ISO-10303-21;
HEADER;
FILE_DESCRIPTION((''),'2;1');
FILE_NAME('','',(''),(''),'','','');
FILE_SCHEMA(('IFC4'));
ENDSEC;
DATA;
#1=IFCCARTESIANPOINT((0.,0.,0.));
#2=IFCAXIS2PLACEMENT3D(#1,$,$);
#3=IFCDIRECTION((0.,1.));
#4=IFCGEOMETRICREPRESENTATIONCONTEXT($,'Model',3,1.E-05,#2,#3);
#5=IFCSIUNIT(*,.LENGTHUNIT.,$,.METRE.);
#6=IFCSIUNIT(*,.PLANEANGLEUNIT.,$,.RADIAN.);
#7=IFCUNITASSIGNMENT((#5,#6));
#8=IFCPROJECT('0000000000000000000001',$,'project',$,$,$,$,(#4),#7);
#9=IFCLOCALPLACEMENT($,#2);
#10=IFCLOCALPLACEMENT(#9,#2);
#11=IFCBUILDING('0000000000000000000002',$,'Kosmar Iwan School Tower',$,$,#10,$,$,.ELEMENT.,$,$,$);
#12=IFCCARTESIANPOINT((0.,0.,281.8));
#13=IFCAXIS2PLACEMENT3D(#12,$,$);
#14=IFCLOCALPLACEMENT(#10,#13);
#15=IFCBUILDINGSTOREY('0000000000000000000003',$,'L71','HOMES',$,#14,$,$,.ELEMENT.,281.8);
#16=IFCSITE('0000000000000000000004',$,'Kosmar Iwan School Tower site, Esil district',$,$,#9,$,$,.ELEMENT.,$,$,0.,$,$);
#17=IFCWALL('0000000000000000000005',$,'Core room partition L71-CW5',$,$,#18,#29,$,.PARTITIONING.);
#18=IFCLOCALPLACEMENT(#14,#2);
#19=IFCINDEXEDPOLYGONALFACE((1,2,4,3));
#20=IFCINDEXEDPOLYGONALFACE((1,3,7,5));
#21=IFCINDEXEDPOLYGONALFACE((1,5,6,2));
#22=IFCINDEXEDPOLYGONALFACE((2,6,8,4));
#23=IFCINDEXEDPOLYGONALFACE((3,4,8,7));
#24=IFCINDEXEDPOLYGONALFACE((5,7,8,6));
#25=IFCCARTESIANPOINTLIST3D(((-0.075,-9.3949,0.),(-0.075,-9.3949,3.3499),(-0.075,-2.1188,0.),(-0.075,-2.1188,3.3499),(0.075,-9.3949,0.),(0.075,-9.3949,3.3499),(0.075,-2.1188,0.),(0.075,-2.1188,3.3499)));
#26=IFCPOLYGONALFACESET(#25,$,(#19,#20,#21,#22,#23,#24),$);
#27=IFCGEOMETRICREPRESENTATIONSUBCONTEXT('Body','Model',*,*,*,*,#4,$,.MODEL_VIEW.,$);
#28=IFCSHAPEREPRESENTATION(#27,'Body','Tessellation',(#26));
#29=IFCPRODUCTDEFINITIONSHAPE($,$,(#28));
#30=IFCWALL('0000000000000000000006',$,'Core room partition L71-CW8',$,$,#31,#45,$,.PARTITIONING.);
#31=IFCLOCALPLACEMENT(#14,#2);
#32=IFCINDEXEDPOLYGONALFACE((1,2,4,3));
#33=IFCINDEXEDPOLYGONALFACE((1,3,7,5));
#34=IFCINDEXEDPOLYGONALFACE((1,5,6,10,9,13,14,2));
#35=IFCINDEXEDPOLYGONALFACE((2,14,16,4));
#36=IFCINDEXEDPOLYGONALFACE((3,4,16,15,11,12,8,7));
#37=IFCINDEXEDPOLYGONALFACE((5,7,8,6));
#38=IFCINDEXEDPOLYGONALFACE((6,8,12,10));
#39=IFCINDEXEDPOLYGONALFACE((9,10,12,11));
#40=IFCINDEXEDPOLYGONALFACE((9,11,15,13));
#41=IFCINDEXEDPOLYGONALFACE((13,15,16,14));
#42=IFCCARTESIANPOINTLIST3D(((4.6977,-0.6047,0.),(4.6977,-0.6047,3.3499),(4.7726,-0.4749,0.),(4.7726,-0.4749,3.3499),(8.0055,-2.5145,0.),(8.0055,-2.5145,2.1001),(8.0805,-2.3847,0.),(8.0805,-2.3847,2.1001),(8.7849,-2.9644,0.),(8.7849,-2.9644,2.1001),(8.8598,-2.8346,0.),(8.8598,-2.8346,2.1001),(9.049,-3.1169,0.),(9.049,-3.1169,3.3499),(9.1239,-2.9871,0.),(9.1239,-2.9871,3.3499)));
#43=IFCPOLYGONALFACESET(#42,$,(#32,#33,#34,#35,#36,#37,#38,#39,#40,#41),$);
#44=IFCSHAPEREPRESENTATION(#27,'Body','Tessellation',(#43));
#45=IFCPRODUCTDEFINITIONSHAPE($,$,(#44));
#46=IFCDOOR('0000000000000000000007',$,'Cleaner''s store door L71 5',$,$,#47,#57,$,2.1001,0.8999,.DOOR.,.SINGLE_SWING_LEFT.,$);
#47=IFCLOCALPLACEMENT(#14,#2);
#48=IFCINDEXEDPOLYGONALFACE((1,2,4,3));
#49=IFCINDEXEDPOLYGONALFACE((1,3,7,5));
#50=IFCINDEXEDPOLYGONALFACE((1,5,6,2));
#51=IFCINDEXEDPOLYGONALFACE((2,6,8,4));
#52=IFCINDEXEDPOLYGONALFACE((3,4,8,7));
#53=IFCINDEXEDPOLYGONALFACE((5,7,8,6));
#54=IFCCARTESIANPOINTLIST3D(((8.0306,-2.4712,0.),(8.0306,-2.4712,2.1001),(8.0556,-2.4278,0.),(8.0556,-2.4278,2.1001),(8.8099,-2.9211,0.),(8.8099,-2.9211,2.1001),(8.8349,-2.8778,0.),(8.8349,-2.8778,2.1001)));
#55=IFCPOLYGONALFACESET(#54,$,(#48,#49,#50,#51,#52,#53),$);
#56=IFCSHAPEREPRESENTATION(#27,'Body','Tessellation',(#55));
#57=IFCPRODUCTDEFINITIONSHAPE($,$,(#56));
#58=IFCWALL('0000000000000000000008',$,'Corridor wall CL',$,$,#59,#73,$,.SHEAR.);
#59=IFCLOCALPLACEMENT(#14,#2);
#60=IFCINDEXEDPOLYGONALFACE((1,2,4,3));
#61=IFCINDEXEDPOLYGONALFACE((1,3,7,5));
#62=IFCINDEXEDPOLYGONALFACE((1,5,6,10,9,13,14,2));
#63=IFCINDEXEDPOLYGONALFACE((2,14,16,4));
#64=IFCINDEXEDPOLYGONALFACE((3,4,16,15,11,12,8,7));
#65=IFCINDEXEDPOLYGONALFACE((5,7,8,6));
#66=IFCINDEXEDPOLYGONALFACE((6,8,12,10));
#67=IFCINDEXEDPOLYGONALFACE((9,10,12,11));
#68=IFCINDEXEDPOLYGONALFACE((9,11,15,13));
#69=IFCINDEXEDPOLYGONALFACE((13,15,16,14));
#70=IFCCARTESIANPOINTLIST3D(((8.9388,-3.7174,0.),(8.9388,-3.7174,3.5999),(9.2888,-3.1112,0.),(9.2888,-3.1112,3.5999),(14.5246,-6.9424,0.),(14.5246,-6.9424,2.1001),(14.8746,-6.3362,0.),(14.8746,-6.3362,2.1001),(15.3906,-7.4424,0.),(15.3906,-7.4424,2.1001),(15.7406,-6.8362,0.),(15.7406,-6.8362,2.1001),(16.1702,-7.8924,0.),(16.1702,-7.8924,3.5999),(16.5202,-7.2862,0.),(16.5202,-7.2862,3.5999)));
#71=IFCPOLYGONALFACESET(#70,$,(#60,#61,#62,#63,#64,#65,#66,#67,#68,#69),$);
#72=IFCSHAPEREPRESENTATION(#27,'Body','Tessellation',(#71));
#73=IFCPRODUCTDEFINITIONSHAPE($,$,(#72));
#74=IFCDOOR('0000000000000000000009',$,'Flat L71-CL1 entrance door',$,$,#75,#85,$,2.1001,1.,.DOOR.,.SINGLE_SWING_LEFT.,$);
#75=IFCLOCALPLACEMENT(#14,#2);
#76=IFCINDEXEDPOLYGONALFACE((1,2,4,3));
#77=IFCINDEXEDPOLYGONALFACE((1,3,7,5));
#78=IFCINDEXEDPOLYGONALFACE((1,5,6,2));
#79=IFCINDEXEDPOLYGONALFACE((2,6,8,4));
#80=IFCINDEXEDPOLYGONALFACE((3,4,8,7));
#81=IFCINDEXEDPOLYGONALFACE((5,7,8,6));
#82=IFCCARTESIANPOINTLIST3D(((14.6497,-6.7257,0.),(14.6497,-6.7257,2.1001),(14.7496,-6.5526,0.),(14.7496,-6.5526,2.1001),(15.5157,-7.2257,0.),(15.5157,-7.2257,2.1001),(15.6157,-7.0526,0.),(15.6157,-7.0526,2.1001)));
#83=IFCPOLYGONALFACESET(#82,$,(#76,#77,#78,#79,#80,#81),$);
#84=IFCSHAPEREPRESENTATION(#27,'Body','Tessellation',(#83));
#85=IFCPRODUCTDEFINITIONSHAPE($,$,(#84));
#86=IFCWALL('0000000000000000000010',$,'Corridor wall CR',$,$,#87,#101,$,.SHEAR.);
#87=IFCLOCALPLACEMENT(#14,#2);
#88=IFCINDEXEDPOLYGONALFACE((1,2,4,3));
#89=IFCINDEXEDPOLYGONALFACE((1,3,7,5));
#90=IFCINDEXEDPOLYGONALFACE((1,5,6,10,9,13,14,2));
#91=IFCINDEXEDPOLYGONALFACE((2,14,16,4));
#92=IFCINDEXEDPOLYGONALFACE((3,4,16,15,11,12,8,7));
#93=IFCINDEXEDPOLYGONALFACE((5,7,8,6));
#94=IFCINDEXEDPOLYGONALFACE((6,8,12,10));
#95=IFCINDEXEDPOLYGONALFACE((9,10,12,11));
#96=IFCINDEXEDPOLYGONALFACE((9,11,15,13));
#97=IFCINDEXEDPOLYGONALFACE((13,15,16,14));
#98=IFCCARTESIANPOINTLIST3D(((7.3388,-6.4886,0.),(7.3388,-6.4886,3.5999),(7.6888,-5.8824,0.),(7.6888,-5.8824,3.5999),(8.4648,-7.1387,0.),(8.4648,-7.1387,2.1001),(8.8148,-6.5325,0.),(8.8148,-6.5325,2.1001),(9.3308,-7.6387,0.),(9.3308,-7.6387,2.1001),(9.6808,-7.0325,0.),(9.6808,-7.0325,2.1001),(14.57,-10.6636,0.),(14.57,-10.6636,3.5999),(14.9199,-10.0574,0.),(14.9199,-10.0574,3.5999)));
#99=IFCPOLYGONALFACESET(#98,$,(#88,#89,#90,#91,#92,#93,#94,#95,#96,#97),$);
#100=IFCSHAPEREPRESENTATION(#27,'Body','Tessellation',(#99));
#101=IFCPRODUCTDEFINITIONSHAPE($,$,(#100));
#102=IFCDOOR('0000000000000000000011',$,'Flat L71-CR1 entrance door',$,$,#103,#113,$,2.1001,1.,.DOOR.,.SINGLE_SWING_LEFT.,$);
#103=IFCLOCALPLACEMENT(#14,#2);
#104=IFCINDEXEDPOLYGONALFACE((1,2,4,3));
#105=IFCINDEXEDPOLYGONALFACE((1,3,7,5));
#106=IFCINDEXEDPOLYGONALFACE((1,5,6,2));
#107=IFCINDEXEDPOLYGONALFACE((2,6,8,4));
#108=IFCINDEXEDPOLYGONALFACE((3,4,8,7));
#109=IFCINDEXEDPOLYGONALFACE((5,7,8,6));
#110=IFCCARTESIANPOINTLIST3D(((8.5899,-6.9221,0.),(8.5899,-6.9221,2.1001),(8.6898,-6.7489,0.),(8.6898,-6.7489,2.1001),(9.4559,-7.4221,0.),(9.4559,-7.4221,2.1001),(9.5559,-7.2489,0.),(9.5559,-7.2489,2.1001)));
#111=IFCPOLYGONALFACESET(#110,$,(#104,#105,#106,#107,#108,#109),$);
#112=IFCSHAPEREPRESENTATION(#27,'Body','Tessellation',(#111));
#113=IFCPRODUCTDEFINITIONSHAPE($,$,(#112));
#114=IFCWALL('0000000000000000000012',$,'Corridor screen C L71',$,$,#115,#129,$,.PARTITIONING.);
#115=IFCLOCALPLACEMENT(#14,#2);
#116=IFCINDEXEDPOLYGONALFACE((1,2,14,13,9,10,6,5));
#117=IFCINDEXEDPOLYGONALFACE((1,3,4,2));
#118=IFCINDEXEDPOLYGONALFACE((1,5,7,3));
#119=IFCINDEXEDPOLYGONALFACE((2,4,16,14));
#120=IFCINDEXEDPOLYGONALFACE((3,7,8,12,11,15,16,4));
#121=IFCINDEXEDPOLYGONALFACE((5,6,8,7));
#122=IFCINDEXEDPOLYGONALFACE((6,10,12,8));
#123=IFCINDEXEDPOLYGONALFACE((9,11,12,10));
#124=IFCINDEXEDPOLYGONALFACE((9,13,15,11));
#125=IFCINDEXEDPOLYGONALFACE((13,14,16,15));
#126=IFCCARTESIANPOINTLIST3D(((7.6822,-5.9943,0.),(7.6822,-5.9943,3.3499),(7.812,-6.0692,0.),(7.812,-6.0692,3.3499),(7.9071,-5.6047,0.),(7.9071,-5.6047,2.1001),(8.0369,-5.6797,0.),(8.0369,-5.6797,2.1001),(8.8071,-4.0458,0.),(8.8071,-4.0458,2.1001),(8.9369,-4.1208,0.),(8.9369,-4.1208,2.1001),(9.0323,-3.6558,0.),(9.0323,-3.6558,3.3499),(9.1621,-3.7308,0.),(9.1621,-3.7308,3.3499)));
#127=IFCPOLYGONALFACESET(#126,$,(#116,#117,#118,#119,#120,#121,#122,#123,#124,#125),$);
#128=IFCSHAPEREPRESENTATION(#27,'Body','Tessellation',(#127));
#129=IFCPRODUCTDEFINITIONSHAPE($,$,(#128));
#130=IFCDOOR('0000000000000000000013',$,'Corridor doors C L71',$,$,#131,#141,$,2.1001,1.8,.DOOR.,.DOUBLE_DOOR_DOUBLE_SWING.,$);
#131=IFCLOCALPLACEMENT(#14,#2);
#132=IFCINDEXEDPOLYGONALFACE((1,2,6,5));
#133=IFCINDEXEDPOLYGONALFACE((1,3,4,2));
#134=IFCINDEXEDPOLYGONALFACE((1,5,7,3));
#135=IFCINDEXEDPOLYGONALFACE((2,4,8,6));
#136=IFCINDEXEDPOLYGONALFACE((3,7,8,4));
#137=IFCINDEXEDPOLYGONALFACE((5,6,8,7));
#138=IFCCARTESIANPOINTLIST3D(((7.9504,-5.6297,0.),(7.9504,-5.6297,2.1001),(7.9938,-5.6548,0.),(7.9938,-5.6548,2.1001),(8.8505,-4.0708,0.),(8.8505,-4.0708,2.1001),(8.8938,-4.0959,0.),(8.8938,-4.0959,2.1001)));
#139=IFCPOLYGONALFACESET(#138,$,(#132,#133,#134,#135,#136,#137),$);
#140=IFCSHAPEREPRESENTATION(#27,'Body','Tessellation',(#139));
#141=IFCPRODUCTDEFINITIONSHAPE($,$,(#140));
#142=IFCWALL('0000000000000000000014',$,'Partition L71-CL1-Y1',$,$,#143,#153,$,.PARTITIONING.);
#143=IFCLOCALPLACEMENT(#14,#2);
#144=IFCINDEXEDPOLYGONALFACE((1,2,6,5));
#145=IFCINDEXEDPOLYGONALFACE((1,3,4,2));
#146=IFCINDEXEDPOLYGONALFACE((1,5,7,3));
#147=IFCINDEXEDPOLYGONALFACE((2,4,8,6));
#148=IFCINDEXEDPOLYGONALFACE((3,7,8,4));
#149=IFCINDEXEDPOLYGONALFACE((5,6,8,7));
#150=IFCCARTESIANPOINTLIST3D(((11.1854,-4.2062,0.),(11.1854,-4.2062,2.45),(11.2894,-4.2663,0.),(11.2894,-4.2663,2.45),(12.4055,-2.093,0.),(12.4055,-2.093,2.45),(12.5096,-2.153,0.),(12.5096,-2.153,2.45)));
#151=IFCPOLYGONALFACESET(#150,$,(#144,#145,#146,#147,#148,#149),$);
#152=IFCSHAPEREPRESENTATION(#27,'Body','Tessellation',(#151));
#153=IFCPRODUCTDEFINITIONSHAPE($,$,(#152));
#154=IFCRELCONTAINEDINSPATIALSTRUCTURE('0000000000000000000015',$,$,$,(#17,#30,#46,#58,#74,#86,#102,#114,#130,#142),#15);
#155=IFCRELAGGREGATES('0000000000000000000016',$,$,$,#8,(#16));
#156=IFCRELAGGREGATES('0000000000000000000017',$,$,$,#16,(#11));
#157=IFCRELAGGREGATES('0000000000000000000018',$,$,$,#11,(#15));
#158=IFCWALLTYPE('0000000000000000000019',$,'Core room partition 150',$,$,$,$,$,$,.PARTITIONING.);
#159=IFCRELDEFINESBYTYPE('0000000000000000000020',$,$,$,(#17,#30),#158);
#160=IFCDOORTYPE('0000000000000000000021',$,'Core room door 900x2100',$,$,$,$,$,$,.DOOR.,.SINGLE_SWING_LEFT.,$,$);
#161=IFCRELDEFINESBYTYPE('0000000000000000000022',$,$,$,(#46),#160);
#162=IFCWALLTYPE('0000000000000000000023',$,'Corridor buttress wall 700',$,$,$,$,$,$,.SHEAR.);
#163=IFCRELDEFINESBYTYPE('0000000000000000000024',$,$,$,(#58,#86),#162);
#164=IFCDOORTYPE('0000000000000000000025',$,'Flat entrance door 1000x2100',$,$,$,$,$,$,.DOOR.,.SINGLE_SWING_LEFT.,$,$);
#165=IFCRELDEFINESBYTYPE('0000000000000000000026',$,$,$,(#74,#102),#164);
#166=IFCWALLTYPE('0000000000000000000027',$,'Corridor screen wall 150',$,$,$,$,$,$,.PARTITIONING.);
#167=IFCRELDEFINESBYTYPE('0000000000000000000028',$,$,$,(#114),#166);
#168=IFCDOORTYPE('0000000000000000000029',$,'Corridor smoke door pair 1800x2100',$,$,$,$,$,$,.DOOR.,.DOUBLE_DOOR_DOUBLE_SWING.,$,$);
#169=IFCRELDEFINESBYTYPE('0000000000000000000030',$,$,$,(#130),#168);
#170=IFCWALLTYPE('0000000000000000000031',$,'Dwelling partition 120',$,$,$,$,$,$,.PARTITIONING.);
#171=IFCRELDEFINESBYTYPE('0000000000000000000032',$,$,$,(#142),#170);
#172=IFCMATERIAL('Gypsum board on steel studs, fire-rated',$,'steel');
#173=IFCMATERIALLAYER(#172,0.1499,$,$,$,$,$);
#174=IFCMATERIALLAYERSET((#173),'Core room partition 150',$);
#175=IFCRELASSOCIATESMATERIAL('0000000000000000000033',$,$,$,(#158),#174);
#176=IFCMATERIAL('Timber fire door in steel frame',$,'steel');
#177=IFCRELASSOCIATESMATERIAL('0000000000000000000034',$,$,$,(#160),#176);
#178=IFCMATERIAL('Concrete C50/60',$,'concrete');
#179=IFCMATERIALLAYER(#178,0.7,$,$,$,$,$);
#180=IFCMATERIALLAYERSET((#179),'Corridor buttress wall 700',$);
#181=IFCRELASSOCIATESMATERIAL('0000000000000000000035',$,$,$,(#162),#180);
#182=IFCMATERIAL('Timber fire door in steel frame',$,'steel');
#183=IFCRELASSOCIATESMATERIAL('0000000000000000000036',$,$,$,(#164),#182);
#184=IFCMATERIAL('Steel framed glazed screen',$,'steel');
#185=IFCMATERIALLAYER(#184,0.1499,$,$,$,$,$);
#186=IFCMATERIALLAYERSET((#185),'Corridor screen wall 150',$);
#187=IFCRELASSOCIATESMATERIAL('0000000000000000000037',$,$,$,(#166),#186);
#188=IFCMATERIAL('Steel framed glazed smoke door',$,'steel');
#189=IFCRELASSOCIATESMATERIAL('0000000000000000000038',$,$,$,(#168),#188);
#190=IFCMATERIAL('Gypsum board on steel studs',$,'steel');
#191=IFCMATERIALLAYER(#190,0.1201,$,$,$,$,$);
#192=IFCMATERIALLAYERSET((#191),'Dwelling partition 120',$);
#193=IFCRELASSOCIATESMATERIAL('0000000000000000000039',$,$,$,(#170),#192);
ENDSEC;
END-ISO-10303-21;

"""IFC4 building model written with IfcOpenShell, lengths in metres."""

from ifc_helpers import new_model, si_unit, direction, frame, frame_2d, origin, place, context, subcontext, project, spatial, rectangle, extrude, material, layer, layer_set, type_object, element, fill, save


model = new_model("IFC4")

# Units and contexts
model_context = context("Model", 3, precision=1e-05, world=origin(), true_north=direction((0.0, 1.0)))
body_context = subcontext(model_context, "Body", "Model", "MODEL_VIEW")
ifc_project = project(units=[si_unit("LENGTHUNIT", "METRE"), si_unit("PLANEANGLEUNIT", "RADIAN")], contexts=[model_context])

# Site, building, storey
site_placement = place(None, origin())
site = spatial("IfcSite", under=ifc_project, at=site_placement, Name="Kosmar Iwan School Tower site, Esil district", CompositionType="ELEMENT", RefElevation=0.0)
building_placement = place(site_placement, origin())
building = spatial("IfcBuilding", under=site, at=building_placement, Name="Kosmar Iwan School Tower", CompositionType="ELEMENT")
storey_placement = place(building_placement, frame((0.0, 0.0, 281.8)))
storey = spatial("IfcBuildingStorey", under=building, at=storey_placement, Name="L71", Description="HOMES", CompositionType="ELEMENT", Elevation=281.8)

# Wall
ifc_material_1 = material(Name="Gypsum board on steel studs, fire-rated", Category="steel")
ifc_layer_1 = layer(ifc_material_1, 0.1499)
ifc_layer_set_1 = layer_set([ifc_layer_1], Name="Core room partition 150")
wall_type_1 = type_object("IfcWallType", Name="Core room partition 150", PredefinedType="PARTITIONING", material=ifc_layer_set_1)
wall_1_placement = place(storey_placement, frame((0.0, -9.395, 0.0), z_axis=(0.0, 0.0, 1.0), x_axis=(0.0, 1.0, 0.0)))
element("IfcWall", 1, at=wall_1_placement, inside=storey, type_object=wall_type_1, Name="Core room partition L71-CW5", PredefinedType="PARTITIONING", context=body_context, shape_type="SweptSolid", body=[
    extrude(rectangle(XDim=7.2761, YDim=0.1499, at=frame_2d((3.6382, 0.0))), origin(), (0.0, 0.0, 1.0), 3.3499),
])

# Walls, openings, doors
wall_2_placement = place(storey_placement, frame((9.0864, -3.052, 0.0), z_axis=(0.0, 0.0, 1.0), x_axis=(-0.866028, 0.499996, 0.0)))
wall_2 = element("IfcWall", 2, at=wall_2_placement, inside=storey, type_object=wall_type_1, Name="Core room partition L71-CW8", PredefinedType="PARTITIONING", context=body_context, shape_type="SweptSolid", body=[
    extrude(rectangle(XDim=5.0244, YDim=0.1499, at=frame_2d((2.5122, 0.0))), origin(), (0.0, 0.0, 1.0), 3.3499),
])
opening_1_placement = place(wall_2_placement, frame((0.3049, 0.0, 0.0)))
opening_1 = element("IfcOpeningElement", 3, at=opening_1_placement, cuts=wall_2, PredefinedType="OPENING", context=body_context, shape_type="SweptSolid", body=[
    extrude(rectangle(XDim=0.8999, YDim=2.1001, at=frame_2d((0.45, 1.05))), frame((0.0, 0.0869, 0.0), z_axis=(0.0, -1.0, 0.0), x_axis=(1.0, 0.0, 0.0)), (0.0, 0.0, 1.0), 0.1738),
])
ifc_material_2 = material(Name="Timber fire door in steel frame", Category="steel")
door_type_1 = type_object("IfcDoorType", Name="Core room door 900x2100", OperationType="SINGLE_SWING_LEFT", PredefinedType="DOOR", material=ifc_material_2)
door_1_placement = place(opening_1_placement, origin())
door_1 = element("IfcDoor", 4, at=door_1_placement, inside=storey, type_object=door_type_1, Name="Cleaner's store door L71 5", OperationType="SINGLE_SWING_LEFT", OverallHeight=2.1001, OverallWidth=0.8999, PredefinedType="DOOR", context=body_context, shape_type="SweptSolid", body=[
    extrude(rectangle(XDim=0.8999, YDim=2.1001, at=frame_2d((0.45, 1.05))), frame((0.0, 0.0249, 0.0), z_axis=(0.0, -1.0, 0.0), x_axis=(1.0, 0.0, 0.0)), (0.0, 0.0, 1.0), 0.05),
])
fill(opening_1, door_1)
ifc_material_3 = material(Name="Concrete C50/60", Category="concrete")
ifc_layer_2 = layer(ifc_material_3, 0.7)
ifc_layer_set_2 = layer_set([ifc_layer_2], Name="Corridor buttress wall 700")
wall_type_2 = type_object("IfcWallType", Name="Corridor buttress wall 700", PredefinedType="SHEAR", material=ifc_layer_set_2)
wall_3_placement = place(storey_placement, frame((9.1138, -3.4143, 0.0), z_axis=(0.0, 0.0, 1.0), x_axis=(0.866027, -0.499997, 0.0)))
wall_3 = element("IfcWall", 5, at=wall_3_placement, inside=storey, type_object=wall_type_2, Name="Corridor wall CL", PredefinedType="SHEAR", context=body_context, shape_type="SweptSolid", body=[
    extrude(rectangle(XDim=8.3501, YDim=0.7, at=frame_2d((4.175, 0.0))), origin(), (0.0, 0.0, 1.0), 3.5999),
])
opening_2_placement = place(wall_3_placement, frame((6.45, 0.0, 0.0)))
opening_2 = element("IfcOpeningElement", 6, at=opening_2_placement, cuts=wall_3, PredefinedType="OPENING", context=body_context, shape_type="SweptSolid", body=[
    extrude(rectangle(XDim=1.0, YDim=2.1001, at=frame_2d((0.5, 1.05))), frame((0.0, 0.3621, 0.0), z_axis=(0.0, -1.0, 0.0), x_axis=(1.0, 0.0, 0.0)), (0.0, 0.0, 1.0), 0.7239),
])
ifc_material_4 = material(Name="Timber fire door in steel frame", Category="steel")
door_type_2 = type_object("IfcDoorType", Name="Flat entrance door 1000x2100", OperationType="SINGLE_SWING_LEFT", PredefinedType="DOOR", material=ifc_material_4)
door_2_placement = place(opening_2_placement, origin())
door_2 = element("IfcDoor", 7, at=door_2_placement, inside=storey, type_object=door_type_2, Name="Flat L71-CL1 entrance door", OperationType="SINGLE_SWING_LEFT", OverallHeight=2.1001, OverallWidth=1.0, PredefinedType="DOOR", context=body_context, shape_type="SweptSolid", body=[
    extrude(rectangle(XDim=1.0, YDim=2.1001, at=frame_2d((0.5, 1.05))), frame((0.0, 0.1001, 0.0), z_axis=(0.0, -1.0, 0.0), x_axis=(1.0, 0.0, 0.0)), (0.0, 0.0, 1.0), 0.2),
])
fill(opening_2, door_2)
wall_4_placement = place(storey_placement, frame((7.5139, -6.1855, 0.0), z_axis=(0.0, 0.0, 1.0), x_axis=(0.86602, -0.50001, 0.0)))
wall_4 = element("IfcWall", 8, at=wall_4_placement, inside=storey, type_object=wall_type_2, Name="Corridor wall CR", PredefinedType="SHEAR", context=body_context, shape_type="SweptSolid", body=[
    extrude(rectangle(XDim=8.3499, YDim=0.7, at=frame_2d((4.1748, 0.0))), origin(), (0.0, 0.0, 1.0), 3.5999),
])
opening_3_placement = place(wall_4_placement, frame((1.3, 0.0, 0.0)))
opening_3 = element("IfcOpeningElement", 9, at=opening_3_placement, cuts=wall_4, PredefinedType="OPENING", context=body_context, shape_type="SweptSolid", body=[
    extrude(rectangle(XDim=1.0, YDim=2.1001, at=frame_2d((0.5, 1.05))), frame((0.0, 0.3621, 0.0), z_axis=(0.0, -1.0, 0.0), x_axis=(1.0, 0.0, 0.0)), (0.0, 0.0, 1.0), 0.7239),
])
door_3_placement = place(opening_3_placement, origin())
door_3 = element("IfcDoor", 10, at=door_3_placement, inside=storey, type_object=door_type_2, Name="Flat L71-CR1 entrance door", OperationType="SINGLE_SWING_LEFT", OverallHeight=2.1001, OverallWidth=1.0, PredefinedType="DOOR", context=body_context, shape_type="SweptSolid", body=[
    extrude(rectangle(XDim=1.0, YDim=2.1001, at=frame_2d((0.5, 1.05))), frame((0.0, 0.1001, 0.0), z_axis=(0.0, -1.0, 0.0), x_axis=(1.0, 0.0, 0.0)), (0.0, 0.0, 1.0), 0.2),
])
fill(opening_3, door_3)
ifc_material_5 = material(Name="Steel framed glazed screen", Category="steel")
ifc_layer_3 = layer(ifc_material_5, 0.1499)
ifc_layer_set_3 = layer_set([ifc_layer_3], Name="Corridor screen wall 150")
wall_type_3 = type_object("IfcWallType", Name="Corridor screen wall 150", PredefinedType="PARTITIONING", material=ifc_layer_set_3)
wall_5_placement = place(storey_placement, frame((7.7471, -6.0317, 0.0), z_axis=(0.0, 0.0, 1.0), x_axis=(0.500009, 0.86602, 0.0)))
wall_5 = element("IfcWall", 11, at=wall_5_placement, inside=storey, type_object=wall_type_3, Name="Corridor screen C L71", PredefinedType="PARTITIONING", context=body_context, shape_type="SweptSolid", body=[
    extrude(rectangle(XDim=2.7002, YDim=0.1499, at=frame_2d((1.3501, 0.0))), origin(), (0.0, 0.0, 1.0), 3.3499),
])
opening_4_placement = place(wall_5_placement, frame((0.45, 0.0, 0.0)))
opening_4 = element("IfcOpeningElement", 12, at=opening_4_placement, cuts=wall_5, PredefinedType="OPENING", context=body_context, shape_type="SweptSolid", body=[
    extrude(rectangle(XDim=1.8, YDim=2.1001, at=frame_2d((0.8999, 1.05))), frame((0.0, 0.0869, 0.0), z_axis=(0.0, -1.0, 0.0), x_axis=(1.0, 0.0, 0.0)), (0.0, 0.0, 1.0), 0.1738),
])
ifc_material_6 = material(Name="Steel framed glazed smoke door", Category="steel")
door_type_3 = type_object("IfcDoorType", Name="Corridor smoke door pair 1800x2100", OperationType="DOUBLE_DOOR_DOUBLE_SWING", PredefinedType="DOOR", material=ifc_material_6)
door_4_placement = place(opening_4_placement, origin())
door_4 = element("IfcDoor", 13, at=door_4_placement, inside=storey, type_object=door_type_3, Name="Corridor doors C L71", OperationType="DOUBLE_DOOR_DOUBLE_SWING", OverallHeight=2.1001, OverallWidth=1.8, PredefinedType="DOOR", context=body_context, shape_type="SweptSolid", body=[
    extrude(rectangle(XDim=1.8, YDim=2.1001, at=frame_2d((0.8999, 1.05))), frame((0.0, 0.0249, 0.0), z_axis=(0.0, -1.0, 0.0), x_axis=(1.0, 0.0, 0.0)), (0.0, 0.0, 1.0), 0.05),
])
fill(opening_4, door_4)

# Wall
ifc_material_7 = material(Name="Gypsum board on steel studs", Category="steel")
ifc_layer_4 = layer(ifc_material_7, 0.1201)
ifc_layer_set_4 = layer_set([ifc_layer_4], Name="Dwelling partition 120")
wall_type_4 = type_object("IfcWallType", Name="Dwelling partition 120", PredefinedType="PARTITIONING", material=ifc_layer_set_4)
wall_6_placement = place(storey_placement, frame((11.2373, -4.2363, 0.0), z_axis=(0.0, 0.0, 1.0), x_axis=(0.500034, 0.866006, 0.0)))
element("IfcWall", 14, at=wall_6_placement, inside=storey, type_object=wall_type_4, Name="Partition L71-CL1-Y1", PredefinedType="PARTITIONING", context=body_context, shape_type="SweptSolid", body=[
    extrude(rectangle(XDim=2.4402, YDim=0.1201, at=frame_2d((1.2202, 0.0))), origin(), (0.0, 0.0, 1.0), 2.45),
])

save(model, "model.ifc")
